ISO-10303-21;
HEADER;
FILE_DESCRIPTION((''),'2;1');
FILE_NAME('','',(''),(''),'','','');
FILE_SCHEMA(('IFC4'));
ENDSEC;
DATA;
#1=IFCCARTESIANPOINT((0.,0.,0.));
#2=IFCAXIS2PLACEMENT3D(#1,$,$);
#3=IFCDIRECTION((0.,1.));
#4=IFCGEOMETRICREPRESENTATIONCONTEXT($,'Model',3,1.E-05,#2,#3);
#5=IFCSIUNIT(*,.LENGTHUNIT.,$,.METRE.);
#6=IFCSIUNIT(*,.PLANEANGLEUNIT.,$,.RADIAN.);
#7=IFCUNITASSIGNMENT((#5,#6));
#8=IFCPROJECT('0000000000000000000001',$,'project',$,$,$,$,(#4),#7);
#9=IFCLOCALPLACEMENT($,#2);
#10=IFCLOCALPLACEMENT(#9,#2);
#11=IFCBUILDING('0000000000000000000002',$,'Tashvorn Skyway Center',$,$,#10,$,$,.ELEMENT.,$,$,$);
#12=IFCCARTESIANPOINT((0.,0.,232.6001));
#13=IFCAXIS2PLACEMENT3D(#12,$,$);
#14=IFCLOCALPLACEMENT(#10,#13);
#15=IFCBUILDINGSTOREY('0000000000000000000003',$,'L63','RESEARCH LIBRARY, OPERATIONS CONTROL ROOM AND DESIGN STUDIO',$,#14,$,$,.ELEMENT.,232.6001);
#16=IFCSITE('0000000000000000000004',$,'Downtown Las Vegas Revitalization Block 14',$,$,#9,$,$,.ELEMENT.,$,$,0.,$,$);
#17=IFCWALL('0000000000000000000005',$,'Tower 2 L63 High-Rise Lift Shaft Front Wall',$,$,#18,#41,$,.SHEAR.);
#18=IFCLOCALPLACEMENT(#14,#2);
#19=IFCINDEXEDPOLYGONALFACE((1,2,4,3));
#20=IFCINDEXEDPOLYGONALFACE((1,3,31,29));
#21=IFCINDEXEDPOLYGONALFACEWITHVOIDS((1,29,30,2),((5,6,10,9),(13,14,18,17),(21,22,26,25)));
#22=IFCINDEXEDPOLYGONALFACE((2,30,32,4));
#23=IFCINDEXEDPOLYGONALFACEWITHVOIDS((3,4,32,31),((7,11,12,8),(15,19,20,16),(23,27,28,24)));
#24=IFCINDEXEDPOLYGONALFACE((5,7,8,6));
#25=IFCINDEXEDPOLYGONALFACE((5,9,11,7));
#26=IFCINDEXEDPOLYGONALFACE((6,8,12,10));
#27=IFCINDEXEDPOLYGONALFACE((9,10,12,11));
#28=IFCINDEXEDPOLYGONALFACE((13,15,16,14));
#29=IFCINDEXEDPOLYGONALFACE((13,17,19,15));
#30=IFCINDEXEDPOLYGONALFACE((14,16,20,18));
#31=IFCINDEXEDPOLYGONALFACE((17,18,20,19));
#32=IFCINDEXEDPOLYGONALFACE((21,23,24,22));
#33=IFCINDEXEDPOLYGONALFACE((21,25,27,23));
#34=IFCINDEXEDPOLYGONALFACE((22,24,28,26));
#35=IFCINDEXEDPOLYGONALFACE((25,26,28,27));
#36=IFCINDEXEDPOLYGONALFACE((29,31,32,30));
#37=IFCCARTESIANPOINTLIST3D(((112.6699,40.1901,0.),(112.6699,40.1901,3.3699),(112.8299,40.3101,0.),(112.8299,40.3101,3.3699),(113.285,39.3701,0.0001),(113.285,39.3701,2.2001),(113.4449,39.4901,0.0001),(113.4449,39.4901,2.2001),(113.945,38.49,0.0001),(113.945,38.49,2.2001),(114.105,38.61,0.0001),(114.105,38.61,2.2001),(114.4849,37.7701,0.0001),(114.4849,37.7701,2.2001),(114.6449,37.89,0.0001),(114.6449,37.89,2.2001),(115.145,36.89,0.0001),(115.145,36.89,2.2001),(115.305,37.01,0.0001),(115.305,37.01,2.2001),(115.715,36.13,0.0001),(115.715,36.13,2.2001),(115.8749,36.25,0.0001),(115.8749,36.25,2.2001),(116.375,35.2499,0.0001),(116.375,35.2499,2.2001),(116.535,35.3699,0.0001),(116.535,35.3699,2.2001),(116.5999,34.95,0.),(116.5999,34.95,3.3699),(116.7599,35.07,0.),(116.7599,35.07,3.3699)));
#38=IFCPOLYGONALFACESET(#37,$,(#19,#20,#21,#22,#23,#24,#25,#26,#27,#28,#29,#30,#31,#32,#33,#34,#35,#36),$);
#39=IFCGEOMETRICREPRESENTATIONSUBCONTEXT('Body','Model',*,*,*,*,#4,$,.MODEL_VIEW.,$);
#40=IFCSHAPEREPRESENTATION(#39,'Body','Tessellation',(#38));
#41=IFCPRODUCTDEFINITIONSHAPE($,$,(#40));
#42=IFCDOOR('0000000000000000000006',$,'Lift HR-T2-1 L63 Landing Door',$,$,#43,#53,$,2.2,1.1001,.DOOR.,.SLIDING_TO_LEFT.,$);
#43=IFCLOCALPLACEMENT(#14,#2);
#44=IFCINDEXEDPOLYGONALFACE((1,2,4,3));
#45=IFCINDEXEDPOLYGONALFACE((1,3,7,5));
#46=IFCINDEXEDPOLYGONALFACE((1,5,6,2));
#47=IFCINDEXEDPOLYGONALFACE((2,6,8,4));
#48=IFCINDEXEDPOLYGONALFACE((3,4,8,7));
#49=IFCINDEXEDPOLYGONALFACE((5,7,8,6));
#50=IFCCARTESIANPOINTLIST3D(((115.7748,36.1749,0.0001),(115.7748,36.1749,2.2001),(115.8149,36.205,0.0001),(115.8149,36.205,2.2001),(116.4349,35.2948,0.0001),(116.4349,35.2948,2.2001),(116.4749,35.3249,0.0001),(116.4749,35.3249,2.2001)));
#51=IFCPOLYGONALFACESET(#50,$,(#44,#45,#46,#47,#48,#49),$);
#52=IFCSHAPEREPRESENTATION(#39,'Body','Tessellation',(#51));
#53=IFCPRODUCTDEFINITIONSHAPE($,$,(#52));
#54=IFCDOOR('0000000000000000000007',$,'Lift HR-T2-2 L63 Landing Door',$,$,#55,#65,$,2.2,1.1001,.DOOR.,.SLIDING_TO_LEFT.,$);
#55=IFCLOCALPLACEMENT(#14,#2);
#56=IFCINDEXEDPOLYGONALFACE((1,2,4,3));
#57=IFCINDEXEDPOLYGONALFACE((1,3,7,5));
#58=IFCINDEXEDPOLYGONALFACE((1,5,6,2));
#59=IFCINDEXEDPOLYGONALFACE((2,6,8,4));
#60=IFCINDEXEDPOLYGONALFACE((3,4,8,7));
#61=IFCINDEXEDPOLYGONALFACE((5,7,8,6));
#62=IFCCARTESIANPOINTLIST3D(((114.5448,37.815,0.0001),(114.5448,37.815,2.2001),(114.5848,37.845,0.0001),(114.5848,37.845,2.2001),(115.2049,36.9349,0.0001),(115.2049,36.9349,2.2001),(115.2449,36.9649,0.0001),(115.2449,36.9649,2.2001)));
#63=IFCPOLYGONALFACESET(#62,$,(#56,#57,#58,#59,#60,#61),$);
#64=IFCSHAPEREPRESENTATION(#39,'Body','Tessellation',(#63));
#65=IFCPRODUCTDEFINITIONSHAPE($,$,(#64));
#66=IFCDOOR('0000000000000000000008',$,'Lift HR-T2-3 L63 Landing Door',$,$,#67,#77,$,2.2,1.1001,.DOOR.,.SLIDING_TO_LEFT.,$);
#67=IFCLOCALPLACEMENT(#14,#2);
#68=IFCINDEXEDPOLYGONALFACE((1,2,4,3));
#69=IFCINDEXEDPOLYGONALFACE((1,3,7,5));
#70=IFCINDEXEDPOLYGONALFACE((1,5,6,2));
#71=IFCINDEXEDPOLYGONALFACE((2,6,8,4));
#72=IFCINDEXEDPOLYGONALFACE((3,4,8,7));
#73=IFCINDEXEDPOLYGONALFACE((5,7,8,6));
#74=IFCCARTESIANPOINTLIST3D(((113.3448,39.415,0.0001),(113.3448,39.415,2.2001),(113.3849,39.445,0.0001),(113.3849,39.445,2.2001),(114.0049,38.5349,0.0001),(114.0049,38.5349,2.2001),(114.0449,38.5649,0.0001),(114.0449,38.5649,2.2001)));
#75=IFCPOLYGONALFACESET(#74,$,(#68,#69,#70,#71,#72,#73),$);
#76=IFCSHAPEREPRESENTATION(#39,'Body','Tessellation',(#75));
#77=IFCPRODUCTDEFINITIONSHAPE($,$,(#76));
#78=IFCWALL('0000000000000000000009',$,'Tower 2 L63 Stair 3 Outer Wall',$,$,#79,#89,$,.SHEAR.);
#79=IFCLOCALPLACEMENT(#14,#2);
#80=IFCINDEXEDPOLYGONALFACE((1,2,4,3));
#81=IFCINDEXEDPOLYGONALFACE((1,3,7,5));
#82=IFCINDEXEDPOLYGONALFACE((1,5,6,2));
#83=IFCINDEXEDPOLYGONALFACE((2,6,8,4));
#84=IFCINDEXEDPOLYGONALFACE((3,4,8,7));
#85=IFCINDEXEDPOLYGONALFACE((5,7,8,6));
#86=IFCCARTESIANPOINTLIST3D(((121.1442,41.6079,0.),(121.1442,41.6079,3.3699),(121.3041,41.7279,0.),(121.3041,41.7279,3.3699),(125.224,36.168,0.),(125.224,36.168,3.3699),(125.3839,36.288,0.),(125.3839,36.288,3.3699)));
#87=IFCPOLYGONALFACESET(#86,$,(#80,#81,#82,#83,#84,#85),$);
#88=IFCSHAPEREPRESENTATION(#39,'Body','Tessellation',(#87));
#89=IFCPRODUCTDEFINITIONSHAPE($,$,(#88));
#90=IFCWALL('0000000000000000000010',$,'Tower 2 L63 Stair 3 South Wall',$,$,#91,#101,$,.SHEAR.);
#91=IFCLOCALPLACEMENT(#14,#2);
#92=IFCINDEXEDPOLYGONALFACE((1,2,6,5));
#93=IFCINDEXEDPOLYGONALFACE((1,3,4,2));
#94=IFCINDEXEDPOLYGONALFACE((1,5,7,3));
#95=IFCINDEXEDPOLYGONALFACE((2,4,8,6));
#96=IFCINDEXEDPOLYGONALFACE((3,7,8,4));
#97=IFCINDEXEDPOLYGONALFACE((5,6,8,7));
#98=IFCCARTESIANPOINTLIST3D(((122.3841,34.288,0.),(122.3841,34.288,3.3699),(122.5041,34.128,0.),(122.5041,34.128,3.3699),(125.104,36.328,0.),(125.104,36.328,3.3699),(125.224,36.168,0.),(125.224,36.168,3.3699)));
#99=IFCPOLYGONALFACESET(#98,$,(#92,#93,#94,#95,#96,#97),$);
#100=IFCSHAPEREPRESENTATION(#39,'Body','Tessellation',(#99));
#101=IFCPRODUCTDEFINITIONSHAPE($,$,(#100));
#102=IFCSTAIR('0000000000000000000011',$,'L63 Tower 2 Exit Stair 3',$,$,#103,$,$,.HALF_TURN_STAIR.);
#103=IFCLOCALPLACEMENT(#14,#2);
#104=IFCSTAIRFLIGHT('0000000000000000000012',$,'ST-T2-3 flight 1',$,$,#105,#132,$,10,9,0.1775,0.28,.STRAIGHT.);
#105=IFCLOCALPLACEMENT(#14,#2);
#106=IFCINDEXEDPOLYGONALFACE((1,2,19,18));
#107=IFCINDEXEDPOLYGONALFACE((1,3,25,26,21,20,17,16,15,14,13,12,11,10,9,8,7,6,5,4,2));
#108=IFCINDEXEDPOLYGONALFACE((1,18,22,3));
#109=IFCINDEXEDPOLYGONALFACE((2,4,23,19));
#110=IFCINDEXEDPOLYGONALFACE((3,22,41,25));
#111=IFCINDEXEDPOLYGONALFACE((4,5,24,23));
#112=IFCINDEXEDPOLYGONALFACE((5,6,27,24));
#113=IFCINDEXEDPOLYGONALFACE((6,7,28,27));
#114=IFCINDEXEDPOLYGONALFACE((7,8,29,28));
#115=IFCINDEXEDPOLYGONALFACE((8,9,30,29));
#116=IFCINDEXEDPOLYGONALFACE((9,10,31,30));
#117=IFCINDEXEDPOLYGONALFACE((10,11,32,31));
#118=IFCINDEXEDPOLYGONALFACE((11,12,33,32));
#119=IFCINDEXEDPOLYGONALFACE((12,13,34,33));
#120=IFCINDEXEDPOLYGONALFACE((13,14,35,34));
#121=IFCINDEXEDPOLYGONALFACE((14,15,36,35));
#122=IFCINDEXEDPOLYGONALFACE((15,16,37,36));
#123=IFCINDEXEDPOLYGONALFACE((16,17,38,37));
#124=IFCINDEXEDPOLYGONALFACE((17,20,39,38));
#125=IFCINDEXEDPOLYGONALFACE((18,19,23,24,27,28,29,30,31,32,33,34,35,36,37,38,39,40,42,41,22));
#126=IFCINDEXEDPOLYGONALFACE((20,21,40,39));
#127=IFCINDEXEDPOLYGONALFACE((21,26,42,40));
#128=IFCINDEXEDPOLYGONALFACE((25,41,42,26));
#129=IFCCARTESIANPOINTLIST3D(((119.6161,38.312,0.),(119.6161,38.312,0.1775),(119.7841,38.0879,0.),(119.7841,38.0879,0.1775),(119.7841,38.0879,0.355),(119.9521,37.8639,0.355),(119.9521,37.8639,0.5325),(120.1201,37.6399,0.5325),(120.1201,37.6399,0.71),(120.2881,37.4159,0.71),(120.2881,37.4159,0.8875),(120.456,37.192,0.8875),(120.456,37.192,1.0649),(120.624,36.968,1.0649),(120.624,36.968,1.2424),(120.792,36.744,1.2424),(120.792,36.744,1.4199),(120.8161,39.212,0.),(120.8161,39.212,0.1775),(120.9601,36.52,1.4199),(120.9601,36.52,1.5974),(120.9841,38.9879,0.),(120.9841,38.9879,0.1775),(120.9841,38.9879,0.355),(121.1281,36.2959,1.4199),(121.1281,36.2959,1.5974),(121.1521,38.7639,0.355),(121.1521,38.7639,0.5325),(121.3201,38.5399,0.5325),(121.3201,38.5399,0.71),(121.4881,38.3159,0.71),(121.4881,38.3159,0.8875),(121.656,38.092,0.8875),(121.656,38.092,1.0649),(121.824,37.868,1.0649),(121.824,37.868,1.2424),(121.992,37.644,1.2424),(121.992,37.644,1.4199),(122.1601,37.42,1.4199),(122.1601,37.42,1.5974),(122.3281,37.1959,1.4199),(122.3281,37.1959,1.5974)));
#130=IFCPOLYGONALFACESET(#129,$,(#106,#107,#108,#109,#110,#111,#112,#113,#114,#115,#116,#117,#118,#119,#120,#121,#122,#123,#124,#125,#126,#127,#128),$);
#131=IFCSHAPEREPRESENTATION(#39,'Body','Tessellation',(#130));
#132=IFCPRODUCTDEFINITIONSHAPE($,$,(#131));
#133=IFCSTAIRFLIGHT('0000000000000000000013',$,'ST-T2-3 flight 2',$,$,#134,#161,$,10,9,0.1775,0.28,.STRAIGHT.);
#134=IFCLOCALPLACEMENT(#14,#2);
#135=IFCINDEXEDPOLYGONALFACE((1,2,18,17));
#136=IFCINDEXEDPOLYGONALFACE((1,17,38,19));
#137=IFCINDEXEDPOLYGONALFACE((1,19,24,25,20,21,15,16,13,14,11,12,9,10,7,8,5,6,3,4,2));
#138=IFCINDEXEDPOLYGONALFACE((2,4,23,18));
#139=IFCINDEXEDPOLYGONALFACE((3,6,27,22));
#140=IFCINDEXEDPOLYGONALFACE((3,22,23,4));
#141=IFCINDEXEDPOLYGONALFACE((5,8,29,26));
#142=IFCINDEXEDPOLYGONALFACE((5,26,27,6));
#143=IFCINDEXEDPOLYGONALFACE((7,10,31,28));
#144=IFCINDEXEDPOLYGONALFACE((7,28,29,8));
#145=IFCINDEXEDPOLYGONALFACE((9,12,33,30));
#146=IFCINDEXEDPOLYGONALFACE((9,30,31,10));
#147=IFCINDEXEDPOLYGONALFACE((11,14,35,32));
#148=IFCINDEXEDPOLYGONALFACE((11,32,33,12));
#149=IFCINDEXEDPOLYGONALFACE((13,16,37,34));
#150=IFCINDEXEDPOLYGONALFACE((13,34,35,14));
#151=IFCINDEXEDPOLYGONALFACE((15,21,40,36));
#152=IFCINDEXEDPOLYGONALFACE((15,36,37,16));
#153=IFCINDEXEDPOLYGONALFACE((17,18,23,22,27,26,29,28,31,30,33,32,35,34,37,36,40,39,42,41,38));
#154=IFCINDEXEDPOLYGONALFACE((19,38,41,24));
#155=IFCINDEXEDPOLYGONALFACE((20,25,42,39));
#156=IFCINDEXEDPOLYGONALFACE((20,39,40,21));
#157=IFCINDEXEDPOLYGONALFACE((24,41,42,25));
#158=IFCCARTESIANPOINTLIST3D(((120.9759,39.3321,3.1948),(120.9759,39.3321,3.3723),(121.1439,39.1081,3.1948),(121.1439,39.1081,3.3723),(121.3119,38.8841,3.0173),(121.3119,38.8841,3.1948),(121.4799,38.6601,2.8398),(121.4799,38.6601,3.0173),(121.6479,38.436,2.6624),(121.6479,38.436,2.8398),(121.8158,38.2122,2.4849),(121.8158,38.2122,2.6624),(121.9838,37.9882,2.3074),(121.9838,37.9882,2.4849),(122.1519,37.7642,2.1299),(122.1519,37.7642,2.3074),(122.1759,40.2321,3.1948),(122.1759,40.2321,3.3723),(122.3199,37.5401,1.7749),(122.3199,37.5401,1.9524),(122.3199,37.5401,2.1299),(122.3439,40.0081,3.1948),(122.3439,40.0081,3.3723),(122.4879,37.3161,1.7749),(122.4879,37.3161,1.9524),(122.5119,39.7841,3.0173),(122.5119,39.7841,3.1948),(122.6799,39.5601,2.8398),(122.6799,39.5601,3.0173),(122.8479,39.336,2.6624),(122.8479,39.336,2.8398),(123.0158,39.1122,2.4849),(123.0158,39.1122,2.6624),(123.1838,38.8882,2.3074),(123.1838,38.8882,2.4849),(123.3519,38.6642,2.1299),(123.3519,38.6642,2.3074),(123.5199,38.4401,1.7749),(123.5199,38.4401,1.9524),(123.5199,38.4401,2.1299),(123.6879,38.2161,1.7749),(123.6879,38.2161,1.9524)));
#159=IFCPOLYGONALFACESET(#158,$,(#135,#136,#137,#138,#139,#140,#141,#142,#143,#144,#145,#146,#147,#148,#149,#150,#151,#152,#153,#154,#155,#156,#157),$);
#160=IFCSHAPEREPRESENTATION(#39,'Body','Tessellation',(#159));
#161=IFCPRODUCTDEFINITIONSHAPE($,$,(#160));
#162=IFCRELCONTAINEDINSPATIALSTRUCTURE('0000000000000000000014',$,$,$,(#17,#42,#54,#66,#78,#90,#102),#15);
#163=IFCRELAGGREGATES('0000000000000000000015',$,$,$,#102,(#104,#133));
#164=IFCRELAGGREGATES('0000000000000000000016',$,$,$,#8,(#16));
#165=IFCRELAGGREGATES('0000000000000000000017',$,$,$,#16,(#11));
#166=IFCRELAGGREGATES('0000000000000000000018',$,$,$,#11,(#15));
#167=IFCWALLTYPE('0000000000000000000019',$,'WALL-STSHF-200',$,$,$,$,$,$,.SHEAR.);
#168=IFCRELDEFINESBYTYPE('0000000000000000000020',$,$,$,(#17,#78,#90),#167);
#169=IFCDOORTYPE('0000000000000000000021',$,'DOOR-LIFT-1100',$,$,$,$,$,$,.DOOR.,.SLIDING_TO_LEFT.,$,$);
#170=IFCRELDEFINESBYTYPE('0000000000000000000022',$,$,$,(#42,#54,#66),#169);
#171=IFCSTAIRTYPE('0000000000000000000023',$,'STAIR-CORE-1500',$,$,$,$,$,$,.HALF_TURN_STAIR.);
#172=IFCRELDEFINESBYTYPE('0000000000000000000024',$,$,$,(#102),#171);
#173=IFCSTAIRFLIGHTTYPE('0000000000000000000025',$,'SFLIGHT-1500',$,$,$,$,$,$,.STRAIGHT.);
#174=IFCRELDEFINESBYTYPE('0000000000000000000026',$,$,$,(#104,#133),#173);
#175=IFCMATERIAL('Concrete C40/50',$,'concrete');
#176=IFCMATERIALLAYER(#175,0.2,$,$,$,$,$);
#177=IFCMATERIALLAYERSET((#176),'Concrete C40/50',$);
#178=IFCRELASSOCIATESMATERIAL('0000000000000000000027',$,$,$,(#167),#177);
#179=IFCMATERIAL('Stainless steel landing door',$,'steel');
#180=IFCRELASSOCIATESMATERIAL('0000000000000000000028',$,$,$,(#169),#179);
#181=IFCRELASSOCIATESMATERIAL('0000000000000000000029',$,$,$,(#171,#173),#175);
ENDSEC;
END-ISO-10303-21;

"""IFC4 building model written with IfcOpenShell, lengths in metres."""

from ifc_helpers import new_model, si_unit, direction, frame, frame_2d, origin, place, context, subcontext, project, spatial, polyline, rectangle, outline, extrude, material, layer, layer_set, type_object, element, fill, aggregate, save


model = new_model("IFC4")

# Units and contexts
model_context = context("Model", 3, precision=1e-05, world=origin(), true_north=direction((0.0, 1.0)))
body_context = subcontext(model_context, "Body", "Model", "MODEL_VIEW")
ifc_project = project(units=[si_unit("LENGTHUNIT", "METRE"), si_unit("PLANEANGLEUNIT", "RADIAN")], contexts=[model_context])

# Site, building, storey
site_placement = place(None, origin())
site = spatial("IfcSite", under=ifc_project, at=site_placement, Name="Downtown Las Vegas Revitalization Block 14", CompositionType="ELEMENT", RefElevation=0.0)
building_placement = place(site_placement, origin())
building = spatial("IfcBuilding", under=site, at=building_placement, Name="Tashvorn Skyway Center", CompositionType="ELEMENT")
storey_placement = place(building_placement, frame((0.0, 0.0, 232.6001)))
storey = spatial("IfcBuildingStorey", under=building, at=storey_placement, Name="L63", Description="RESEARCH LIBRARY, OPERATIONS CONTROL ROOM AND DESIGN STUDIO", CompositionType="ELEMENT", Elevation=232.6001)

# Shared definitions
ifc_material_1 = material(Name="Concrete C40/50", Category="concrete")

# Shared definitions
ifc_layer_1 = layer(ifc_material_1, 0.2)
ifc_layer_set_1 = layer_set([ifc_layer_1], Name="Concrete C40/50")
wall_type_1 = type_object("IfcWallType", Name="WALL-STSHF-200", PredefinedType="SHEAR", material=ifc_layer_set_1)

# Wall, openings, doors
wall_1_placement = place(storey_placement, frame((112.75, 40.25, 0.0), z_axis=(0.0, 0.0, 1.0), x_axis=(0.599994, -0.800004, 0.0)))
wall_1 = element("IfcWall", 1, at=wall_1_placement, inside=storey, type_object=wall_type_1, Name="Tower 2 L63 High-Rise Lift Shaft Front Wall", PredefinedType="SHEAR", context=body_context, shape_type="SweptSolid", body=[
    extrude(rectangle(XDim=6.55, YDim=0.2, at=frame_2d((3.2749, 0.0))), origin(), (0.0, 0.0, 1.0), 3.3699),
])
opening_1_placement = place(wall_1_placement, frame((5.075, 0.0, 0.0)))
opening_1 = element("IfcOpeningElement", 2, at=opening_1_placement, cuts=wall_1, PredefinedType="OPENING", context=body_context, shape_type="SweptSolid", body=[
    extrude(rectangle(XDim=1.1001, YDim=2.2, at=frame_2d((0.55, 1.1001))), frame((0.0, 0.1099, 0.0), z_axis=(0.0, -1.0, 0.0), x_axis=(1.0, 0.0, 0.0)), (0.0, 0.0, 1.0), 0.22),
])
opening_2_placement = place(wall_1_placement, frame((3.0249, 0.0, 0.0)))
opening_2 = element("IfcOpeningElement", 3, at=opening_2_placement, cuts=wall_1, PredefinedType="OPENING", context=body_context, shape_type="SweptSolid", body=[
    extrude(rectangle(XDim=1.1001, YDim=2.2, at=frame_2d((0.55, 1.1001))), frame((0.0, 0.1099, 0.0), z_axis=(0.0, -1.0, 0.0), x_axis=(1.0, 0.0, 0.0)), (0.0, 0.0, 1.0), 0.22),
])
opening_3_placement = place(wall_1_placement, frame((1.0249, 0.0, 0.0)))
opening_3 = element("IfcOpeningElement", 4, at=opening_3_placement, cuts=wall_1, PredefinedType="OPENING", context=body_context, shape_type="SweptSolid", body=[
    extrude(rectangle(XDim=1.1001, YDim=2.2, at=frame_2d((0.55, 1.1001))), frame((0.0, 0.1099, 0.0), z_axis=(0.0, -1.0, 0.0), x_axis=(1.0, 0.0, 0.0)), (0.0, 0.0, 1.0), 0.22),
])
ifc_material_2 = material(Name="Stainless steel landing door", Category="steel")
door_type_1 = type_object("IfcDoorType", Name="DOOR-LIFT-1100", OperationType="SLIDING_TO_LEFT", PredefinedType="DOOR", material=ifc_material_2)
door_1_placement = place(opening_1_placement, origin())
door_1 = element("IfcDoor", 5, at=door_1_placement, inside=storey, type_object=door_type_1, Name="Lift HR-T2-1 L63 Landing Door", OperationType="SLIDING_TO_LEFT", OverallHeight=2.2, OverallWidth=1.1001, PredefinedType="DOOR", context=body_context, shape_type="SweptSolid", body=[
    extrude(rectangle(XDim=1.1001, YDim=2.2, at=frame_2d((0.55, 1.1001))), frame((0.0, 0.0249, 0.0), z_axis=(0.0, -1.0, 0.0), x_axis=(1.0, 0.0, 0.0)), (0.0, 0.0, 1.0), 0.05),
])
fill(opening_1, door_1)
door_2_placement = place(opening_2_placement, origin())
door_2 = element("IfcDoor", 6, at=door_2_placement, inside=storey, type_object=door_type_1, Name="Lift HR-T2-2 L63 Landing Door", OperationType="SLIDING_TO_LEFT", OverallHeight=2.2, OverallWidth=1.1001, PredefinedType="DOOR", context=body_context, shape_type="SweptSolid", body=[
    extrude(rectangle(XDim=1.1001, YDim=2.2, at=frame_2d((0.55, 1.1001))), frame((0.0, 0.0249, 0.0), z_axis=(0.0, -1.0, 0.0), x_axis=(1.0, 0.0, 0.0)), (0.0, 0.0, 1.0), 0.05),
])
fill(opening_2, door_2)
door_3_placement = place(opening_3_placement, origin())
door_3 = element("IfcDoor", 7, at=door_3_placement, inside=storey, type_object=door_type_1, Name="Lift HR-T2-3 L63 Landing Door", OperationType="SLIDING_TO_LEFT", OverallHeight=2.2, OverallWidth=1.1001, PredefinedType="DOOR", context=body_context, shape_type="SweptSolid", body=[
    extrude(rectangle(XDim=1.1001, YDim=2.2, at=frame_2d((0.55, 1.1001))), frame((0.0, 0.0249, 0.0), z_axis=(0.0, -1.0, 0.0), x_axis=(1.0, 0.0, 0.0)), (0.0, 0.0, 1.0), 0.05),
])
fill(opening_3, door_3)

# Walls
wall_2_placement = place(storey_placement, frame((125.304, 36.228, 0.0), z_axis=(0.0, 0.0, 1.0), x_axis=(-0.599989, 0.800009, 0.0)))
element("IfcWall", 8, at=wall_2_placement, inside=storey, type_object=wall_type_1, Name="Tower 2 L63 Stair 3 Outer Wall", PredefinedType="SHEAR", context=body_context, shape_type="SweptSolid", body=[
    extrude(rectangle(XDim=6.7998, YDim=0.2, at=frame_2d((3.3999, 0.0))), origin(), (0.0, 0.0, 1.0), 3.3699),
])
wall_3_placement = place(storey_placement, frame((122.4441, 34.208, 0.0), z_axis=(0.0, 0.0, 1.0), x_axis=(0.799991, 0.600011, 0.0)))
element("IfcWall", 9, at=wall_3_placement, inside=storey, type_object=wall_type_1, Name="Tower 2 L63 Stair 3 South Wall", PredefinedType="SHEAR", context=body_context, shape_type="SweptSolid", body=[
    extrude(rectangle(XDim=3.3999, YDim=0.2, at=frame_2d((1.7, 0.0))), origin(), (0.0, 0.0, 1.0), 3.3699),
])

# Stair, stair flights
stair_type = type_object("IfcStairType", Name="STAIR-CORE-1500", PredefinedType="HALF_TURN_STAIR", material=ifc_material_1)
stair_placement = place(storey_placement, origin())
stair = element("IfcStair", 10, at=stair_placement, inside=storey, type_object=stair_type, Name="L63 Tower 2 Exit Stair 3", PredefinedType="HALF_TURN_STAIR")
stair_flight_type = type_object("IfcStairFlightType", Name="SFLIGHT-1500", PredefinedType="STRAIGHT", material=ifc_material_1)
stair_flight_1_placement = place(storey_placement, frame((120.2161, 38.762, 0.0), z_axis=(0.0, 0.0, 1.0), x_axis=(0.6, -0.8, 0.0)))
stair_flight_1 = element("IfcStairFlight", 11, at=stair_flight_1_placement, type_object=stair_flight_type, Name="ST-T2-3 flight 1", NumberOfRisers=10, NumberOfTreads=9, PredefinedType="STRAIGHT", RiserHeight=0.1775, TreadLength=0.28, context=body_context, shape_type="SweptSolid", body=[
    extrude(outline(polyline([(0.0, 0.0), (0.0, 0.1775), (0.28, 0.1775), (0.28, 0.355), (0.5601, 0.355), (0.5601, 0.5325), (0.8401, 0.5325), (0.8401, 0.71), (1.1201, 0.71), (1.1201, 0.8875), (1.3999, 0.8875), (1.3999, 1.0649), (1.6799, 1.0649), (1.6799, 1.2424), (1.96, 1.2424), (1.96, 1.4199), (2.24, 1.4199), (2.24, 1.5974), (2.52, 1.5974), (2.52, 1.7749), (2.52, 1.4199), (0.28, 0.0), (0.0, 0.0)])), frame((0.0, 0.75, 0.0), z_axis=(0.0, -1.0, 0.0), x_axis=(1.0, 0.0, 0.0)), (0.0, 0.0, 1.0), 1.5),
])
stair_flight_2_placement = place(storey_placement, frame((123.0879, 37.7661, 1.7749), z_axis=(0.0, 0.0, 1.0), x_axis=(-0.6, 0.8, 0.0)))
stair_flight_2 = element("IfcStairFlight", 12, at=stair_flight_2_placement, type_object=stair_flight_type, Name="ST-T2-3 flight 2", NumberOfRisers=10, NumberOfTreads=9, PredefinedType="STRAIGHT", RiserHeight=0.1775, TreadLength=0.28, context=body_context, shape_type="SweptSolid", body=[
    extrude(outline(polyline([(0.0, 0.0), (0.0, 0.1775), (0.28, 0.1775), (0.28, 0.355), (0.5601, 0.355), (0.5601, 0.5325), (0.8401, 0.5325), (0.8401, 0.71), (1.1201, 0.71), (1.1201, 0.8875), (1.3999, 0.8875), (1.3999, 1.0649), (1.6799, 1.0649), (1.6799, 1.2424), (1.96, 1.2424), (1.96, 1.4199), (2.24, 1.4199), (2.24, 1.5974), (2.52, 1.5974), (2.52, 1.7749), (2.52, 1.4199), (0.28, 0.0), (0.0, 0.0)])), frame((0.0, 0.75, 0.0), z_axis=(0.0, -1.0, 0.0), x_axis=(1.0, 0.0, 0.0)), (0.0, 0.0, 1.0), 1.5),
])
aggregate(stair, [stair_flight_1, stair_flight_2])

save(model, "model.ifc")
